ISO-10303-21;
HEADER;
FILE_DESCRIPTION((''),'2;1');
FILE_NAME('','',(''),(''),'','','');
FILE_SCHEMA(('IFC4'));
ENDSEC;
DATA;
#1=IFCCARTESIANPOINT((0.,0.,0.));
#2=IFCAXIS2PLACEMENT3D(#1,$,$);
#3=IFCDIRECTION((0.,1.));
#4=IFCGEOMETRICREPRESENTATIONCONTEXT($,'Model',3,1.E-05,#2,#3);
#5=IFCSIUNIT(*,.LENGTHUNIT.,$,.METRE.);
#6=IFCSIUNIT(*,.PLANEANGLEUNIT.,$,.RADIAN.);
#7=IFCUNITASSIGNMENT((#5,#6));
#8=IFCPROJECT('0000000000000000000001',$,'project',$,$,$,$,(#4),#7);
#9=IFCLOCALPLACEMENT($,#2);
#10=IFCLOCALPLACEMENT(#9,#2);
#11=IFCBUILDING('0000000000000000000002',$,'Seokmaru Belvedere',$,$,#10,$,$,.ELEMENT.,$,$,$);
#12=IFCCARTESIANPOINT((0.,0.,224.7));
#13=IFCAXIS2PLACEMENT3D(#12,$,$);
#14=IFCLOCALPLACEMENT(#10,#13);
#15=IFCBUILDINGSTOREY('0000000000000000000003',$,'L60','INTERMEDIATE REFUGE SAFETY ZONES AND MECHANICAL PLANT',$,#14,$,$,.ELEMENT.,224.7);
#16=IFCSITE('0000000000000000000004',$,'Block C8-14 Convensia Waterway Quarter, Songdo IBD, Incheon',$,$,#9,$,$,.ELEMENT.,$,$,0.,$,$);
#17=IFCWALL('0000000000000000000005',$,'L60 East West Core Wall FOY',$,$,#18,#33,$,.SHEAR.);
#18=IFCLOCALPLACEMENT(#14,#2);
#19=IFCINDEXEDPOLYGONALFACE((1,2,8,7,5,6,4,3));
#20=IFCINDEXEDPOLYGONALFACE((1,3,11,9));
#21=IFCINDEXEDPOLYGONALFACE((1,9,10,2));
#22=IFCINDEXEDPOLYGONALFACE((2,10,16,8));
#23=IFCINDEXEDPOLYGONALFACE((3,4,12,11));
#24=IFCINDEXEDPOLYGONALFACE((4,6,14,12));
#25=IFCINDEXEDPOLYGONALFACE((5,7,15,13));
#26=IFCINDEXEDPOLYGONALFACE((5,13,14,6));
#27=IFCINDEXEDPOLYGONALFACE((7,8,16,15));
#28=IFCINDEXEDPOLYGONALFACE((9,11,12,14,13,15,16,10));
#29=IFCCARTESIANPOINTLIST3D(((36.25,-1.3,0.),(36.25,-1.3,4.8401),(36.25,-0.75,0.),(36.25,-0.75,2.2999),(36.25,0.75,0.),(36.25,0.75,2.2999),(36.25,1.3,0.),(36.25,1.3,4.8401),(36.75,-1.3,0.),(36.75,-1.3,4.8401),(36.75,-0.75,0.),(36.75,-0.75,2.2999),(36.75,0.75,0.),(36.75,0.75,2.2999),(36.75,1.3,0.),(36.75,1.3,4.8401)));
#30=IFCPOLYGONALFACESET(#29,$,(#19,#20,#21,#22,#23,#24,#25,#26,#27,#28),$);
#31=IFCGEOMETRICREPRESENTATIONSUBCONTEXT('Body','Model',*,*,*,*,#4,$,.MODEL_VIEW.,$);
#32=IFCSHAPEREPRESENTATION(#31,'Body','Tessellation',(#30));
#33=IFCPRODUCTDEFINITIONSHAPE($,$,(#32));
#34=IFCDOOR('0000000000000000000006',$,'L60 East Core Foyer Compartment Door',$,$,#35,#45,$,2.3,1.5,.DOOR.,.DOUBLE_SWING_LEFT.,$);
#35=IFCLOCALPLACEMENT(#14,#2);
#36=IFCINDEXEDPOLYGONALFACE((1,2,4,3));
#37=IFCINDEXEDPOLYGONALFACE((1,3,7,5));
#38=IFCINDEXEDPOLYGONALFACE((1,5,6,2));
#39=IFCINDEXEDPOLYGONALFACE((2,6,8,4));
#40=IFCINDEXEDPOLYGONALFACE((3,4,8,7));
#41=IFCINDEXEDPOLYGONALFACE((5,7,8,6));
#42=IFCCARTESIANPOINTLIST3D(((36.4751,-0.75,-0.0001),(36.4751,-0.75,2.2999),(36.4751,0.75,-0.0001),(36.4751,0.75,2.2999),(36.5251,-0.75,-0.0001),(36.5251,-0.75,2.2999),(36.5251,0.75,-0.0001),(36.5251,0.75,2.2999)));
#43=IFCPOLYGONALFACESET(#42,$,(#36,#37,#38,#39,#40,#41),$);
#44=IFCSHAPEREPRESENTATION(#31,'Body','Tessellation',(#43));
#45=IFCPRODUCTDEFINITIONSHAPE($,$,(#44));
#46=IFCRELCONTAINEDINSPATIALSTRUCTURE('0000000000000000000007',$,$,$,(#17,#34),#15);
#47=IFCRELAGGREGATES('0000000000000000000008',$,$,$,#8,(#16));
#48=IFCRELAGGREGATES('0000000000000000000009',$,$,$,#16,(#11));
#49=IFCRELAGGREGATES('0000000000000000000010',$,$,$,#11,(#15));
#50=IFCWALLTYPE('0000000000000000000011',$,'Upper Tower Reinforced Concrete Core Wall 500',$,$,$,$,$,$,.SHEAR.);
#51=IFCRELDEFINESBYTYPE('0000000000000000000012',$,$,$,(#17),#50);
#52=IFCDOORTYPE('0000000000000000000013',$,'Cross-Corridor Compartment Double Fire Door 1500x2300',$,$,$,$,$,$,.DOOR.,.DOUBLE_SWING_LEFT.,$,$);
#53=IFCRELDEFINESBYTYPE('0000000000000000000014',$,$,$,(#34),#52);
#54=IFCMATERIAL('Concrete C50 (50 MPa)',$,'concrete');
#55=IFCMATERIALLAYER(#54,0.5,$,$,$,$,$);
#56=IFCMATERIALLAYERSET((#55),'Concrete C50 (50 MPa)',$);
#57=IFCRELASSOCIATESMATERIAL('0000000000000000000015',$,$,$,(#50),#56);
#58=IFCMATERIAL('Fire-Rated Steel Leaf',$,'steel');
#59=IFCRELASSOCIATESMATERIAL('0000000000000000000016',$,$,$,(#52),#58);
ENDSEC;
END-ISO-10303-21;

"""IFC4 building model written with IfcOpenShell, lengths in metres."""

from ifc_helpers import new_model, si_unit, direction, frame, frame_2d, origin, place, context, subcontext, project, spatial, rectangle, extrude, source, transform, mapped, material, layer, layer_set, type_object, type_shapes, element, fill, save


model = new_model("IFC4")

# Units and contexts
model_context = context("Model", 3, precision=1e-05, world=origin(), true_north=direction((0.0, 1.0)))
body_context = subcontext(model_context, "Body", "Model", "MODEL_VIEW")
ifc_project = project(units=[si_unit("LENGTHUNIT", "METRE"), si_unit("PLANEANGLEUNIT", "RADIAN")], contexts=[model_context])

# Site, building, storey
site_placement = place(None, origin())
site = spatial("IfcSite", under=ifc_project, at=site_placement, Name="Block C8-14 Convensia Waterway Quarter, Songdo IBD, Incheon", CompositionType="ELEMENT", RefElevation=0.0)
building_placement = place(site_placement, origin())
building = spatial("IfcBuilding", under=site, at=building_placement, Name="Seokmaru Belvedere", CompositionType="ELEMENT")
storey_placement = place(building_placement, frame((0.0, 0.0, 224.7)))
storey = spatial("IfcBuildingStorey", under=building, at=storey_placement, Name="L60", Description="INTERMEDIATE REFUGE SAFETY ZONES AND MECHANICAL PLANT", CompositionType="ELEMENT", Elevation=224.7)

# Shared definitions
ifc_material_1 = material(Name="Fire-Rated Steel Leaf", Category="steel")

# Wall, opening, door
ifc_material_2 = material(Name="Concrete C50 (50 MPa)", Category="concrete")
ifc_layer_1 = layer(ifc_material_2, 0.5)
ifc_layer_set_1 = layer_set([ifc_layer_1], Name="Concrete C50 (50 MPa)")
wall_type_1 = type_object("IfcWallType", Name="Upper Tower Reinforced Concrete Core Wall 500", PredefinedType="SHEAR", material=ifc_layer_set_1)
wall_1_placement = place(storey_placement, frame((36.5, -1.3, 0.0), z_axis=(0.0, 0.0, 1.0), x_axis=(0.0, 1.0, 0.0)))
wall_1 = element("IfcWall", 1, at=wall_1_placement, inside=storey, type_object=wall_type_1, Name="L60 East West Core Wall FOY", PredefinedType="SHEAR", context=body_context, shape_type="SweptSolid", body=[
    extrude(rectangle(XDim=2.6001, YDim=0.5, at=frame_2d((1.3, 0.0))), origin(), (0.0, 0.0, 1.0), 4.8401),
])
opening_1_placement = place(wall_1_placement, frame((0.55, 0.0, 0.0)))
opening_1 = element("IfcOpeningElement", 2, at=opening_1_placement, cuts=wall_1, PredefinedType="OPENING", context=body_context, shape_type="SweptSolid", body=[
    extrude(rectangle(XDim=1.5, YDim=2.3, at=frame_2d((0.75, 1.1499))), frame((0.0, 0.26, 0.0), z_axis=(0.0, -1.0, 0.0), x_axis=(1.0, 0.0, 0.0)), (0.0, 0.0, 1.0), 0.52),
])
door_type_1 = type_object("IfcDoorType", Name="Cross-Corridor Compartment Double Fire Door 1500x2300", OperationType="DOUBLE_SWING_LEFT", PredefinedType="DOOR", material=ifc_material_1)
shared_shape_1 = source(origin(), body_context, "Body", "SweptSolid", [
    extrude(rectangle(XDim=1.5, YDim=2.3, at=frame_2d((0.75, 1.1499))), frame((0.0, 0.0249, 0.0), z_axis=(0.0, -1.0, 0.0), x_axis=(1.0, 0.0, 0.0)), (0.0, 0.0, 1.0), 0.05),
])
type_shapes(door_type_1, [shared_shape_1])
door_1_placement = place(opening_1_placement, origin())
door_1 = element("IfcDoor", 3, at=door_1_placement, inside=storey, type_object=door_type_1, Name="L60 East Core Foyer Compartment Door", OperationType="DOUBLE_SWING_LEFT", OverallHeight=2.3, OverallWidth=1.5, PredefinedType="DOOR", context=body_context, shape_type="MappedRepresentation", body=[
    mapped(shared_shape_1, transform((0.0, 0.0, 0.0), scale=1.0)),
])
fill(opening_1, door_1)

save(model, "model.ifc")
